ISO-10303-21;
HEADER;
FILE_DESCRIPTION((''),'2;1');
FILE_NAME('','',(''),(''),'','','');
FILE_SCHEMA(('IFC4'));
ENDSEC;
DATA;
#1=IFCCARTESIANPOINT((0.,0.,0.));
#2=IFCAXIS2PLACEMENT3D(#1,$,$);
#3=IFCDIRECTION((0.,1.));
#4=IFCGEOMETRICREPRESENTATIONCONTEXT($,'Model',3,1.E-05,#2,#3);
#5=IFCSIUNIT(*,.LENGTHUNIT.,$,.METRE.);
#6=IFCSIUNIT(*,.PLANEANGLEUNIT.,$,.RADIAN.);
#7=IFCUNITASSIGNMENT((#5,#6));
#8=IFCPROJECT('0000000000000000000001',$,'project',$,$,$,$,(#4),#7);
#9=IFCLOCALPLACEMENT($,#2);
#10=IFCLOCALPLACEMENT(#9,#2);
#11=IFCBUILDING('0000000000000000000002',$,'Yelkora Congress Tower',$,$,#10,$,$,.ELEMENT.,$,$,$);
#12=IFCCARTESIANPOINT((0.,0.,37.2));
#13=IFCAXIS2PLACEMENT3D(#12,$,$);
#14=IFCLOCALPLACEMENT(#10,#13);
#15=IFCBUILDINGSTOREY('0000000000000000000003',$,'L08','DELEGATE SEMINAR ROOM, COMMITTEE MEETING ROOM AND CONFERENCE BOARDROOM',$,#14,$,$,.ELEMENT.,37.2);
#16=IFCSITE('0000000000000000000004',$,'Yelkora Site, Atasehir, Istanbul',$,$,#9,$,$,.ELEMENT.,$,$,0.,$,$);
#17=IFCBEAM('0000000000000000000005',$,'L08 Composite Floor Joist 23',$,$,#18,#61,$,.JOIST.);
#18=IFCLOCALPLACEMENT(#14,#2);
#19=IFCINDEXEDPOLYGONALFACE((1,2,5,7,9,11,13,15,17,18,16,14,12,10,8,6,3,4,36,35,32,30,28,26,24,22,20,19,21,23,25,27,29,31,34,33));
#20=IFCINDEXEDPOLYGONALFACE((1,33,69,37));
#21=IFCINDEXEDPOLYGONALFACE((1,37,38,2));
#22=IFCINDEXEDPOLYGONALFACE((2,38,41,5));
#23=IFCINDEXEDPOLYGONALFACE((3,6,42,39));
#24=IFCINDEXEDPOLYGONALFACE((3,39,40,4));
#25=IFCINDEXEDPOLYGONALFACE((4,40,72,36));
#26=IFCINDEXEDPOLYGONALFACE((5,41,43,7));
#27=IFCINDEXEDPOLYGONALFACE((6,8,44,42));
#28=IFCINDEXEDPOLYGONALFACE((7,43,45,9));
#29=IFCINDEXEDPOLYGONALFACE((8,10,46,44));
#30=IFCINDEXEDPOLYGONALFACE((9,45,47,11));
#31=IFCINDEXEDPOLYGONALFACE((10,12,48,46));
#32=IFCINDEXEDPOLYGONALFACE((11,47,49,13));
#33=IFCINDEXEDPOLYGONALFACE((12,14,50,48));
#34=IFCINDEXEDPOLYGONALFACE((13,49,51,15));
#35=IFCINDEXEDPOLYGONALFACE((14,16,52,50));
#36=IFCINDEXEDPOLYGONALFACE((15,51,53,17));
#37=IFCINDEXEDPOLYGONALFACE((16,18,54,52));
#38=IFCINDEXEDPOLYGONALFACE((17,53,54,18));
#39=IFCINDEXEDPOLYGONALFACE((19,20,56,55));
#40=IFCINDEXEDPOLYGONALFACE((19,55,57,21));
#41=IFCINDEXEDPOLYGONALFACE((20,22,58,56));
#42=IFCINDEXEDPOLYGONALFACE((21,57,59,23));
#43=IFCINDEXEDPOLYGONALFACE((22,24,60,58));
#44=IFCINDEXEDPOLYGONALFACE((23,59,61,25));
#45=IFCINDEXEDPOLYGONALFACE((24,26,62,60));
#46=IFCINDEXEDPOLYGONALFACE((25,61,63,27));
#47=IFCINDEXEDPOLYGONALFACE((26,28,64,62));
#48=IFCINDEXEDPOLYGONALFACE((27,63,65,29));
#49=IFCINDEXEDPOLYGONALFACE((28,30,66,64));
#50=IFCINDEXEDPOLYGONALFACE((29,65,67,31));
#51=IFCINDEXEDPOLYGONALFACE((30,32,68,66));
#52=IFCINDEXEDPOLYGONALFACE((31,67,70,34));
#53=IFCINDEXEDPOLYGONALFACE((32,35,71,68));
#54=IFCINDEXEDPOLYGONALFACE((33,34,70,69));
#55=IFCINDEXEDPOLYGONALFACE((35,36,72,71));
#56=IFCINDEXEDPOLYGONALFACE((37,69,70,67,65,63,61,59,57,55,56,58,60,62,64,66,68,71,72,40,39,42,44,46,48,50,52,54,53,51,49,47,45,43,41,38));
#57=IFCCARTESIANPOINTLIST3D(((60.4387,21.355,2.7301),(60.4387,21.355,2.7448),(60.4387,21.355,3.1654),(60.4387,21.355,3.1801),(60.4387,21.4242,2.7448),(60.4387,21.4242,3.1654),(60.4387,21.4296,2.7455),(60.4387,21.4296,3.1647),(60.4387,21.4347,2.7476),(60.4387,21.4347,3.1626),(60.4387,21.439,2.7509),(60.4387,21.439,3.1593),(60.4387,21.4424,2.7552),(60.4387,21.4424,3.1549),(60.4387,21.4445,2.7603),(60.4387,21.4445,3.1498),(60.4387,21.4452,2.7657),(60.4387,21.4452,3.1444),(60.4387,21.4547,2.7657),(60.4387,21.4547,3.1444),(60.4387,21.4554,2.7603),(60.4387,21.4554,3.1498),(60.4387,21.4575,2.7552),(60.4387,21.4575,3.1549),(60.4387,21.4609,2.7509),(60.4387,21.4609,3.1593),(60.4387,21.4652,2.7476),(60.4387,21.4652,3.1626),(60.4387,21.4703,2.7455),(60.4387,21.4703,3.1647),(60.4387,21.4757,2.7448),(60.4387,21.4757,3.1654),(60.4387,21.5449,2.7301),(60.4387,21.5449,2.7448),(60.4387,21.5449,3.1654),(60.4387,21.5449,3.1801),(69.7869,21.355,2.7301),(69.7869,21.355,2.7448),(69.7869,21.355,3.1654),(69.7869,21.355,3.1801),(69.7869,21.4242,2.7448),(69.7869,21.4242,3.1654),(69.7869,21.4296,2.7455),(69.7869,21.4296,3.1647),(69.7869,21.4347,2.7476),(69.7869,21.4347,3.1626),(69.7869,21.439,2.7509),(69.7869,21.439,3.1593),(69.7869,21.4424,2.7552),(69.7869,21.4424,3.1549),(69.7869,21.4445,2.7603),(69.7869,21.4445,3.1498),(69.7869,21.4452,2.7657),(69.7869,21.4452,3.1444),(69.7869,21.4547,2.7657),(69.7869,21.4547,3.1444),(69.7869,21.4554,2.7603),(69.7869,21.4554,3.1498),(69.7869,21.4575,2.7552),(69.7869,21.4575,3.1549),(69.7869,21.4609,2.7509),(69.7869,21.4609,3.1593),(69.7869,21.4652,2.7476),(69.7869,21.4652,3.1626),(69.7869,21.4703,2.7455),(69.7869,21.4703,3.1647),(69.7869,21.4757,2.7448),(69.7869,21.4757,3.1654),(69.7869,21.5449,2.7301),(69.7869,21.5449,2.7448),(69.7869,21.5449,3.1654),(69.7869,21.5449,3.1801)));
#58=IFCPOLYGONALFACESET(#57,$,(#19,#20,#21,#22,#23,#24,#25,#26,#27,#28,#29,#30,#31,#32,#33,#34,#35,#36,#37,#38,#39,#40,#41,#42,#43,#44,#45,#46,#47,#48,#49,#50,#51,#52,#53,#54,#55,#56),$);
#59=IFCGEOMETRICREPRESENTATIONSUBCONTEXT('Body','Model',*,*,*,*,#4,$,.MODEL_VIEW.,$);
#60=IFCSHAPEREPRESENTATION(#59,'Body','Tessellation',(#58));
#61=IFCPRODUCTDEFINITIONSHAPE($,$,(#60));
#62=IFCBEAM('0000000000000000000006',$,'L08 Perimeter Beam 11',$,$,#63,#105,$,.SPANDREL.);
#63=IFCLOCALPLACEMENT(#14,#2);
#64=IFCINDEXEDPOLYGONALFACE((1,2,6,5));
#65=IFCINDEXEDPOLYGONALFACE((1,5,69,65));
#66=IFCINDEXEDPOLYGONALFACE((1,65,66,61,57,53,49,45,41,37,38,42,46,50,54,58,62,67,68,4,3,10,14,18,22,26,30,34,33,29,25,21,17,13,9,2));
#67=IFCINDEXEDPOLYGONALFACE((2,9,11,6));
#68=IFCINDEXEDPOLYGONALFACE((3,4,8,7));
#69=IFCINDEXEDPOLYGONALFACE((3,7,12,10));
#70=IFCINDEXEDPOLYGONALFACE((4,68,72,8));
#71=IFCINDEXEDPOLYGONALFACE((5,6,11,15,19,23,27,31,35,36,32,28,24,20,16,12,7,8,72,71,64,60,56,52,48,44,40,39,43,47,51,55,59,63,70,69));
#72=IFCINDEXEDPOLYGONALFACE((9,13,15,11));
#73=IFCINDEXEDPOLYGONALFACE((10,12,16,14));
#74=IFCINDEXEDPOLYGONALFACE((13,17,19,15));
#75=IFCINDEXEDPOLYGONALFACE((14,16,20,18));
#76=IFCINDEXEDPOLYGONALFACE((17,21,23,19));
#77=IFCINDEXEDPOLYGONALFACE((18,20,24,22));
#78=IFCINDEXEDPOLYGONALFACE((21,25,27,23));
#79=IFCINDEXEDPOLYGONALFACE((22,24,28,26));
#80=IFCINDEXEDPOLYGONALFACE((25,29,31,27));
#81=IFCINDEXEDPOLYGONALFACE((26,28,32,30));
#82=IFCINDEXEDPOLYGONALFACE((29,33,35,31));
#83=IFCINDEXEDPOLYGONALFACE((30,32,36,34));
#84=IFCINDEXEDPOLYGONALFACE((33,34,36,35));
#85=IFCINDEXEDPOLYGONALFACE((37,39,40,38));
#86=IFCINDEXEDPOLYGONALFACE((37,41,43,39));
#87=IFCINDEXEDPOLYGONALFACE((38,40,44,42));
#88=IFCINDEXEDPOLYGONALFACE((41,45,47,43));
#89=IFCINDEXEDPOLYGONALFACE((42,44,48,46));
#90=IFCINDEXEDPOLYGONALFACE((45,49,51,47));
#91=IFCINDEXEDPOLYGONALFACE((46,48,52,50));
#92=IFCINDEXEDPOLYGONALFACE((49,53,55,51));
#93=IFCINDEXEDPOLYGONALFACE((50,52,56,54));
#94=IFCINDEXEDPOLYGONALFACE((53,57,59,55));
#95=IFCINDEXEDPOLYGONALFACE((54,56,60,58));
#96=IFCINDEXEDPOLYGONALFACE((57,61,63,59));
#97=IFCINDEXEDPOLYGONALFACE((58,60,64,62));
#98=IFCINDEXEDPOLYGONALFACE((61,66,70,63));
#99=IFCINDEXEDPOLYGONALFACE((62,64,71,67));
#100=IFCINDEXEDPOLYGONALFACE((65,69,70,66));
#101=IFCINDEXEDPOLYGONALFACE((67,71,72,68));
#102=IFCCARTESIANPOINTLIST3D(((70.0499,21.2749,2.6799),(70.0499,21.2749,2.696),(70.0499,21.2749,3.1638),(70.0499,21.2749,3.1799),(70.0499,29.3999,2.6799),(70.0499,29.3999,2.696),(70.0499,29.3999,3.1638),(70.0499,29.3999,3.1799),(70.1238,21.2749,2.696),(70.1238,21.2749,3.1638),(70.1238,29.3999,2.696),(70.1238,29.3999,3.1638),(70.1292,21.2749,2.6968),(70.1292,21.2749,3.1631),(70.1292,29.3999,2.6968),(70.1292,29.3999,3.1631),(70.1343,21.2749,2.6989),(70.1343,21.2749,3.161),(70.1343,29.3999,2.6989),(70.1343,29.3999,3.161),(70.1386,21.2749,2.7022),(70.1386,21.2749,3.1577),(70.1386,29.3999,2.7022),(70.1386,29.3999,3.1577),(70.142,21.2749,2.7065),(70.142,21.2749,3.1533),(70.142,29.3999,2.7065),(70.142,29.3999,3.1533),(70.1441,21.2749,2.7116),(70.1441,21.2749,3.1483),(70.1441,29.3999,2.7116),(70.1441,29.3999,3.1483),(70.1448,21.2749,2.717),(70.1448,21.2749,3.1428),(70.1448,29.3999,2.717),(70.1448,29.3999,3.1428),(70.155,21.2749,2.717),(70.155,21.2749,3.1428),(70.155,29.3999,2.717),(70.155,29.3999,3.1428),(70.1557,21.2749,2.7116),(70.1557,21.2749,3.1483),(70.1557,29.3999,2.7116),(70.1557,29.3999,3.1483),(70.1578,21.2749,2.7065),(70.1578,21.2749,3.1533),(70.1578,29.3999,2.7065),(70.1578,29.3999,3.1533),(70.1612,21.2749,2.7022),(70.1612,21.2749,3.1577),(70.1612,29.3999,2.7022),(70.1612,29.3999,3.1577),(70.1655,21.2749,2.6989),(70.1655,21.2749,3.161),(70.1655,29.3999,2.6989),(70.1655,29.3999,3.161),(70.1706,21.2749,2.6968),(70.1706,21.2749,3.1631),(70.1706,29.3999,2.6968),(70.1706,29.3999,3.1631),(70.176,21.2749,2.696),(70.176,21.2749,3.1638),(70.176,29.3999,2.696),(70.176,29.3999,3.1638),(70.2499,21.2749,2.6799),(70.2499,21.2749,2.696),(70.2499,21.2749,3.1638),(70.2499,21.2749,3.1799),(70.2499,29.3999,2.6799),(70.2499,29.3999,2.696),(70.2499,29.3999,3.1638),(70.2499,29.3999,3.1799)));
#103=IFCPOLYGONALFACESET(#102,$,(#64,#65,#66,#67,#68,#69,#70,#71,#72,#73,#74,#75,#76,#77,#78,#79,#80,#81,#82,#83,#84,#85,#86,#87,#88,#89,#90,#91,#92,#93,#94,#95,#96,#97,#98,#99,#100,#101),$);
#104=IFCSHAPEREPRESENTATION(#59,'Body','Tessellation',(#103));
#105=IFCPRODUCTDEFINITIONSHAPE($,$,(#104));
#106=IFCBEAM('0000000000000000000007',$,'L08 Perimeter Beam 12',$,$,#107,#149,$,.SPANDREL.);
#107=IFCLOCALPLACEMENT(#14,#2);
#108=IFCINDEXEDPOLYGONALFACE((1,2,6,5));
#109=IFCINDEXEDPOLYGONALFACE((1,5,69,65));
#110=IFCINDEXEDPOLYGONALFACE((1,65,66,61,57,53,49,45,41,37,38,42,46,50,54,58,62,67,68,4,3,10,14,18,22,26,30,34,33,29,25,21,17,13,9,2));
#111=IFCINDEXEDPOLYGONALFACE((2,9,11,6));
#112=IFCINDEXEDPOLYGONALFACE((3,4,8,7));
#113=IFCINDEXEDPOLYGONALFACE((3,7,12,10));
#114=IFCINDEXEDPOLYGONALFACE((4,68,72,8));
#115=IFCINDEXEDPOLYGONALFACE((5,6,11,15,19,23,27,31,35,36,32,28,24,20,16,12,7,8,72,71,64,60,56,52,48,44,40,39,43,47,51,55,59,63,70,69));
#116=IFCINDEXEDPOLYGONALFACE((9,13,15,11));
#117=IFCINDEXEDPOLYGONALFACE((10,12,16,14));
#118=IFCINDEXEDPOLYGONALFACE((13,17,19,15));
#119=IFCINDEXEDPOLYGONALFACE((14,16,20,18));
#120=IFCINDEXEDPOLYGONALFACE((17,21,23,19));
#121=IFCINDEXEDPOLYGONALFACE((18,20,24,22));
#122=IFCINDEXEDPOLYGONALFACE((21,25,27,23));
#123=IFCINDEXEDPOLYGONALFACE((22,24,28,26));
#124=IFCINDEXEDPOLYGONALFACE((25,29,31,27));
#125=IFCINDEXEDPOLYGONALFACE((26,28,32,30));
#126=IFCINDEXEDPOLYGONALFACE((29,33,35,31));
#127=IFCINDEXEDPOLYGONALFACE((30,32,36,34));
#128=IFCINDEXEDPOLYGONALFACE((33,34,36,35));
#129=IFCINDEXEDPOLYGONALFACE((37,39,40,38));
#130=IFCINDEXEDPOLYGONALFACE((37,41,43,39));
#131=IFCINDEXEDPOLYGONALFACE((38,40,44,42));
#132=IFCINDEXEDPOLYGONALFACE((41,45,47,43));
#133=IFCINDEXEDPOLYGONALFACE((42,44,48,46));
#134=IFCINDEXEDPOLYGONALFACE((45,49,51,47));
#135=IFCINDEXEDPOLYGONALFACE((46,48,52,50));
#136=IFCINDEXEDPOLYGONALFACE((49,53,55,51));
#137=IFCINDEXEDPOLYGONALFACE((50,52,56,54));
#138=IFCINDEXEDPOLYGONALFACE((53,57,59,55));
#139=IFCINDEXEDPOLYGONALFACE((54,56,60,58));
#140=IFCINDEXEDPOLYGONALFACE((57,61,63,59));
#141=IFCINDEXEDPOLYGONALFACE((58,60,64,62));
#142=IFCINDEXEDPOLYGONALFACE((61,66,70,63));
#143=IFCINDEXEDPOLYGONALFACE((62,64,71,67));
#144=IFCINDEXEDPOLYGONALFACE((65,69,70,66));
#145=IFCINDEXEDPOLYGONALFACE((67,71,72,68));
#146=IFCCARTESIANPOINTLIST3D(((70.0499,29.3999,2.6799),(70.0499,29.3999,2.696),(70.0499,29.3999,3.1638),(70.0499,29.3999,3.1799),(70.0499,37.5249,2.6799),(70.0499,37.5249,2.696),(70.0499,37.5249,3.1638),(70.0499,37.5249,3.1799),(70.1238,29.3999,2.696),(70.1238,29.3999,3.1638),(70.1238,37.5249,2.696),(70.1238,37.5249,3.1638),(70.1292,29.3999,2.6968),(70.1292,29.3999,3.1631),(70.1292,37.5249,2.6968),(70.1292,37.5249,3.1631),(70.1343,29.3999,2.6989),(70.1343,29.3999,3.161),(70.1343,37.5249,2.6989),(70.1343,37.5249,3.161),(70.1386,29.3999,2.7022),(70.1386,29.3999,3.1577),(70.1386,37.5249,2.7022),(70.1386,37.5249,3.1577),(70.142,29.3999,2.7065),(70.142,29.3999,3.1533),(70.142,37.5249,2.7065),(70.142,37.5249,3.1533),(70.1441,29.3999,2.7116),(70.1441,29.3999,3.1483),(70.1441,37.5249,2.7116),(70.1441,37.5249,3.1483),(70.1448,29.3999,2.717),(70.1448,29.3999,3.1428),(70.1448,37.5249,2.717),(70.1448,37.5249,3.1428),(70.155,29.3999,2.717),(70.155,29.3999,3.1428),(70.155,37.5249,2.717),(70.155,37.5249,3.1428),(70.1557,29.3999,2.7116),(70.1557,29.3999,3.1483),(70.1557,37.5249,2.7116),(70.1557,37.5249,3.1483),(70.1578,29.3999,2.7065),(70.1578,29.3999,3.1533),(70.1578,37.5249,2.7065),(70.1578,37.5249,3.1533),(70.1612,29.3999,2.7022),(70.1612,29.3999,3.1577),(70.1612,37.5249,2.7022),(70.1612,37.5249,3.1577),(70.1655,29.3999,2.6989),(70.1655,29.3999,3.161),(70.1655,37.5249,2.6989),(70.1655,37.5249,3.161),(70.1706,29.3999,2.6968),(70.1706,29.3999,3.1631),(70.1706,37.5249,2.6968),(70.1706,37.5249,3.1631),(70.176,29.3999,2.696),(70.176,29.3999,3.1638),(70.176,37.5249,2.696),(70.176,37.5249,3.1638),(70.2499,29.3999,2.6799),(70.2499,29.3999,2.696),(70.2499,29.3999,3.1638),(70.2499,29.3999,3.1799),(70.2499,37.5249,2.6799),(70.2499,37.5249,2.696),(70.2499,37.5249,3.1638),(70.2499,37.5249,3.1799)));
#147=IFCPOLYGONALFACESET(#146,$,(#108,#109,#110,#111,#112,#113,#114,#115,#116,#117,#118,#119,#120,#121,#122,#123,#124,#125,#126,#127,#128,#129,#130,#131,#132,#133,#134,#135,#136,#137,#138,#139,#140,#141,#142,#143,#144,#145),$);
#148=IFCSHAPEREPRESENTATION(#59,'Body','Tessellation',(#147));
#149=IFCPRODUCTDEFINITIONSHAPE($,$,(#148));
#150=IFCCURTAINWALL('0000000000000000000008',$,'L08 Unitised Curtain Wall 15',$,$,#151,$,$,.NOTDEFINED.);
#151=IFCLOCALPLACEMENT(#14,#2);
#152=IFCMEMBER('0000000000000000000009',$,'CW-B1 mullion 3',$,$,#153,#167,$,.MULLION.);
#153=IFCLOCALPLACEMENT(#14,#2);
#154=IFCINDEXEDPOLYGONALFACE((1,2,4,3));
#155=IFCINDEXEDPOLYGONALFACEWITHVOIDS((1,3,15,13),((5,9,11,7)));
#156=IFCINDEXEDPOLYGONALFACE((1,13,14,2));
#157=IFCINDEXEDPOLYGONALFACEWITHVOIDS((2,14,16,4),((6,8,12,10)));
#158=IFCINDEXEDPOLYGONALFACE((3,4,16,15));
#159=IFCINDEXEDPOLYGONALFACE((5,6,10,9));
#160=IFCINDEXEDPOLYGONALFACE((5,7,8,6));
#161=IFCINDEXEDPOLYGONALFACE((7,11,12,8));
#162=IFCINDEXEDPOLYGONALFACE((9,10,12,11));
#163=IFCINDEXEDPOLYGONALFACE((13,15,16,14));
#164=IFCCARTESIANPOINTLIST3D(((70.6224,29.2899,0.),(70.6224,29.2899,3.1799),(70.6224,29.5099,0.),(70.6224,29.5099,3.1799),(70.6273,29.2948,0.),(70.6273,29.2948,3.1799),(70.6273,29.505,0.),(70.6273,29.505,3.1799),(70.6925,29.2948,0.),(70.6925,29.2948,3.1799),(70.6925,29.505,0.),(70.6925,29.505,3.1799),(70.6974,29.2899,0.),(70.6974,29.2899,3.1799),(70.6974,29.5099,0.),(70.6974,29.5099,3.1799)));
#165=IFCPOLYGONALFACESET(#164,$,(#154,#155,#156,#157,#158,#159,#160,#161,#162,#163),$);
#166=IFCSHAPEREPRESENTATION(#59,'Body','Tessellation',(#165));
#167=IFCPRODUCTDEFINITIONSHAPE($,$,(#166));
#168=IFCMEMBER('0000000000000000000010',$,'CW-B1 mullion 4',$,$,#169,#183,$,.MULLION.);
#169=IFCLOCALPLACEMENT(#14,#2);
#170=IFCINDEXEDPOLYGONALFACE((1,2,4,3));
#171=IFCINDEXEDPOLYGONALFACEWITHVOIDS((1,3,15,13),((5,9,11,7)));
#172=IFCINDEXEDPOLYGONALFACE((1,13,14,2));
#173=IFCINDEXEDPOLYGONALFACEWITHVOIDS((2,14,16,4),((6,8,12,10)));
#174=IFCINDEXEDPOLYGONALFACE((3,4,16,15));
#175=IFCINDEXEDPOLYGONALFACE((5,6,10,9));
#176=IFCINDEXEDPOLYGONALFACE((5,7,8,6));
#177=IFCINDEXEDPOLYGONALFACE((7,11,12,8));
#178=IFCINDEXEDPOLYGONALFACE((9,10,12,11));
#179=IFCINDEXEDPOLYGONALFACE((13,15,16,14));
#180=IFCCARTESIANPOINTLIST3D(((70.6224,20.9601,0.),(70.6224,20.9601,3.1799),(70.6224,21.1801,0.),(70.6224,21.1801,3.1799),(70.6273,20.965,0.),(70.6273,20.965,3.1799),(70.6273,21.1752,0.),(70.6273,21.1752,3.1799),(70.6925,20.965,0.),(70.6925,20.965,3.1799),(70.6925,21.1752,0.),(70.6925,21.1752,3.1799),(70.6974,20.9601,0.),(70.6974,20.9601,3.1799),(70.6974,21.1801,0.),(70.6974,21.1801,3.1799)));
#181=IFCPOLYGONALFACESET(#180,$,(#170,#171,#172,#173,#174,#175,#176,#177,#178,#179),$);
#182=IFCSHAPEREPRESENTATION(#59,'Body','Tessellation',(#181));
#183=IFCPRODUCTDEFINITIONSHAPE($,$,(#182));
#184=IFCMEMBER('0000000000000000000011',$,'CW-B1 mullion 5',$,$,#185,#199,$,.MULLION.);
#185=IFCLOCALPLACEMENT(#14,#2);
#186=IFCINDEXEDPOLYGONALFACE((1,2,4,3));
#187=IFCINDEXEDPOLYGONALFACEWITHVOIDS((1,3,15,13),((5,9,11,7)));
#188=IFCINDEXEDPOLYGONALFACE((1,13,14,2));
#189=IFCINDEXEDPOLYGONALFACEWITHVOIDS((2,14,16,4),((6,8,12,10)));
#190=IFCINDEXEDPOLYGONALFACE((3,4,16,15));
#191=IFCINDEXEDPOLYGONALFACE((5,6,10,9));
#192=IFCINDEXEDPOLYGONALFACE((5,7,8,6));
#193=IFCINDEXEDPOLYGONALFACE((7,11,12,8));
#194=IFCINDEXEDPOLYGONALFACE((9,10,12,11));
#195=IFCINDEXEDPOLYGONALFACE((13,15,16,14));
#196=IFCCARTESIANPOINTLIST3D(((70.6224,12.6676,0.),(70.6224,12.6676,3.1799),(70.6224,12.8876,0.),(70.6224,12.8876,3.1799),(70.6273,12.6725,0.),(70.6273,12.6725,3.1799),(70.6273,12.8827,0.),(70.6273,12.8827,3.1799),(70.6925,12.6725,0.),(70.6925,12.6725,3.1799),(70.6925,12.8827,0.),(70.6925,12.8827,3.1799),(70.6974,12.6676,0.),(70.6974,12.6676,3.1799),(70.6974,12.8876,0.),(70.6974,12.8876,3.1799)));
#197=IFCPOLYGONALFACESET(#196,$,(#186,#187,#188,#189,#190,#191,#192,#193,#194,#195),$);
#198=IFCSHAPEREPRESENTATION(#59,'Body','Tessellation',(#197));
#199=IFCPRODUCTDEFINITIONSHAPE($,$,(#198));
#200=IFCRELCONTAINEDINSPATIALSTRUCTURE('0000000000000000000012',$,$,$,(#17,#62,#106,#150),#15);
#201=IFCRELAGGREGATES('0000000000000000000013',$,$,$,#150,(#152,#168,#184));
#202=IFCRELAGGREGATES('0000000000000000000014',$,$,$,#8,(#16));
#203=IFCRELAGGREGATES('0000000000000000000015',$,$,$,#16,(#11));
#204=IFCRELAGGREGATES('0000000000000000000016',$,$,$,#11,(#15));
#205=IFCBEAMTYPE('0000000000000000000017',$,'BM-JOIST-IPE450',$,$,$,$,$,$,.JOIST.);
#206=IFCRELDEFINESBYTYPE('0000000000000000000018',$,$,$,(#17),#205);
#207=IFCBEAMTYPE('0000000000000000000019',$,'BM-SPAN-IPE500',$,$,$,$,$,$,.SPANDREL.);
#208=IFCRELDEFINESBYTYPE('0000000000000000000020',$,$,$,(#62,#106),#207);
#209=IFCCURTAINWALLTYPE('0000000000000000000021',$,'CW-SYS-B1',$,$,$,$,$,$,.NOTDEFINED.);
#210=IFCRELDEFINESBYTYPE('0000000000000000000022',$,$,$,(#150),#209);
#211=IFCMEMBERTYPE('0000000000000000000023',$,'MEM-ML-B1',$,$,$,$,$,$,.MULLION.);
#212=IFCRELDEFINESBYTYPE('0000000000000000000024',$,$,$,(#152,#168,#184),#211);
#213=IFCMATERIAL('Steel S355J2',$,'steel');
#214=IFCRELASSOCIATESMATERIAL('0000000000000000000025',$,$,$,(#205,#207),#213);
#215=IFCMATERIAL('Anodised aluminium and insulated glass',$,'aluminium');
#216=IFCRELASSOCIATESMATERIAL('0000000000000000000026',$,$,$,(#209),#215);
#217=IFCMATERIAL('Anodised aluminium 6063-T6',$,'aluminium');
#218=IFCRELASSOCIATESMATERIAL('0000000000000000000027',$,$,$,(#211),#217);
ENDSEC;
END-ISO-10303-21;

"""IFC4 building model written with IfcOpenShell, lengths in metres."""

from ifc_helpers import new_model, si_unit, direction, frame, origin, origin_2d, place, context, subcontext, project, spatial, hollow_rectangle, i_section, extrude, material, material_profile, profile_set, type_object, element, aggregate, save


model = new_model("IFC4")

# Units and contexts
model_context = context("Model", 3, precision=1e-05, world=origin(), true_north=direction((0.0, 1.0)))
body_context = subcontext(model_context, "Body", "Model", "MODEL_VIEW")
ifc_project = project(units=[si_unit("LENGTHUNIT", "METRE"), si_unit("PLANEANGLEUNIT", "RADIAN")], contexts=[model_context])

# Site, building, storey
site_placement = place(None, origin())
site = spatial("IfcSite", under=ifc_project, at=site_placement, Name="Yelkora Site, Atasehir, Istanbul", CompositionType="ELEMENT", RefElevation=0.0)
building_placement = place(site_placement, origin())
building = spatial("IfcBuilding", under=site, at=building_placement, Name="Yelkora Congress Tower", CompositionType="ELEMENT")
storey_placement = place(building_placement, frame((0.0, 0.0, 37.2)))
storey = spatial("IfcBuildingStorey", under=building, at=storey_placement, Name="L08", Description="DELEGATE SEMINAR ROOM, COMMITTEE MEETING ROOM AND CONFERENCE BOARDROOM", CompositionType="ELEMENT", Elevation=37.2)

# Beams
ifc_material_1 = material(Name="Steel S355J2", Category="steel")
ifc_material_profile_1 = material_profile(ifc_material_1, i_section(OverallWidth=0.1899, OverallDepth=0.45, WebThickness=0.0095, FlangeThickness=0.0146, FilletRadius=0.021, at=origin_2d()), Name="IPE 450")
ifc_profile_set_1 = profile_set([ifc_material_profile_1], Name="Steel S355J2")
beam_type_1 = type_object("IfcBeamType", Name="BM-JOIST-IPE450", PredefinedType="JOIST", material=ifc_profile_set_1)
beam_1_placement = place(storey_placement, frame((60.4387, 21.45, 2.9551), z_axis=(1.0, 0.0, 0.0), x_axis=(0.0, 1.0, 0.0)))
element("IfcBeam", 1, at=beam_1_placement, inside=storey, type_object=beam_type_1, Name="L08 Composite Floor Joist 23", PredefinedType="JOIST", context=body_context, shape_type="SweptSolid", body=[
    extrude(i_section(OverallWidth=0.1899, OverallDepth=0.45, WebThickness=0.0095, FlangeThickness=0.0146, FilletRadius=0.021, at=origin_2d()), origin(), (0.0, 0.0, 1.0), 9.3481),
])
ifc_material_profile_2 = material_profile(ifc_material_1, i_section(OverallWidth=0.2, OverallDepth=0.5, WebThickness=0.0103, FlangeThickness=0.0161, FilletRadius=0.021, at=origin_2d()), Name="IPE 500")
ifc_profile_set_2 = profile_set([ifc_material_profile_2], Name="Steel S355J2")
beam_type_2 = type_object("IfcBeamType", Name="BM-SPAN-IPE500", PredefinedType="SPANDREL", material=ifc_profile_set_2)
for number, where, z_axis, x_axis, name in (
    (2, (70.1499, 21.2749, 2.9299), (0.0, 1.0, 0.0), (-1.0, 0.0, 0.0), "L08 Perimeter Beam 11"),
    (3, (70.1499, 29.3999, 2.9299), (0.0, 1.0, 0.0), (-1.0, 0.0, 0.0), "L08 Perimeter Beam 12"),
):
    element("IfcBeam", number, at=place(storey_placement, frame(where, z_axis=z_axis, x_axis=x_axis)), inside=storey, type_object=beam_type_2, Name=name, PredefinedType="SPANDREL", context=body_context, shape_type="SweptSolid", body=[
        extrude(i_section(OverallWidth=0.2, OverallDepth=0.5, WebThickness=0.0103, FlangeThickness=0.0161, FilletRadius=0.021, at=origin_2d()), origin(), (0.0, 0.0, 1.0), 8.125),
    ])

# Curtain wall, members
ifc_material_2 = material(Name="Anodised aluminium and insulated glass", Category="aluminium")
curtain_wall_type = type_object("IfcCurtainWallType", Name="CW-SYS-B1", PredefinedType="NOTDEFINED", material=ifc_material_2)
curtain_wall_placement = place(storey_placement, origin())
curtain_wall = element("IfcCurtainWall", 4, at=curtain_wall_placement, inside=storey, type_object=curtain_wall_type, Name="L08 Unitised Curtain Wall 15", PredefinedType="NOTDEFINED")
ifc_material_3 = material(Name="Anodised aluminium 6063-T6", Category="aluminium")
ifc_material_profile_3 = material_profile(ifc_material_3, hollow_rectangle(XDim=0.075, YDim=0.22, WallThickness=0.0049, at=origin_2d()), Name="ALU 75x220x5")
ifc_profile_set_3 = profile_set([ifc_material_profile_3], Name="Anodised aluminium 6063-T6")
member_type_1 = type_object("IfcMemberType", Name="MEM-ML-B1", PredefinedType="MULLION", material=ifc_profile_set_3)
member_1_placement = place(storey_placement, frame((70.6599, 29.3999, 0.0), z_axis=(0.0, 0.0, 1.0), x_axis=(1.0, 0.0, 0.0)))
member_1 = element("IfcMember", 5, at=member_1_placement, type_object=member_type_1, Name="CW-B1 mullion 3", PredefinedType="MULLION", context=body_context, shape_type="SweptSolid", body=[
    extrude(hollow_rectangle(XDim=0.075, YDim=0.22, WallThickness=0.0049, at=origin_2d()), origin(), (0.0, 0.0, 1.0), 3.1799),
])
member_2_placement = place(storey_placement, frame((70.6599, 21.0701, 0.0), z_axis=(0.0, 0.0, 1.0), x_axis=(1.0, 0.0, 0.0)))
member_2 = element("IfcMember", 6, at=member_2_placement, type_object=member_type_1, Name="CW-B1 mullion 4", PredefinedType="MULLION", context=body_context, shape_type="SweptSolid", body=[
    extrude(hollow_rectangle(XDim=0.075, YDim=0.22, WallThickness=0.0049, at=origin_2d()), origin(), (0.0, 0.0, 1.0), 3.1799),
])
member_3_placement = place(storey_placement, frame((70.6599, 12.7776, 0.0), z_axis=(0.0, 0.0, 1.0), x_axis=(1.0, 0.0, 0.0)))
member_3 = element("IfcMember", 7, at=member_3_placement, type_object=member_type_1, Name="CW-B1 mullion 5", PredefinedType="MULLION", context=body_context, shape_type="SweptSolid", body=[
    extrude(hollow_rectangle(XDim=0.075, YDim=0.22, WallThickness=0.0049, at=origin_2d()), origin(), (0.0, 0.0, 1.0), 3.1799),
])
aggregate(curtain_wall, [member_1, member_2, member_3])

save(model, "model.ifc")
